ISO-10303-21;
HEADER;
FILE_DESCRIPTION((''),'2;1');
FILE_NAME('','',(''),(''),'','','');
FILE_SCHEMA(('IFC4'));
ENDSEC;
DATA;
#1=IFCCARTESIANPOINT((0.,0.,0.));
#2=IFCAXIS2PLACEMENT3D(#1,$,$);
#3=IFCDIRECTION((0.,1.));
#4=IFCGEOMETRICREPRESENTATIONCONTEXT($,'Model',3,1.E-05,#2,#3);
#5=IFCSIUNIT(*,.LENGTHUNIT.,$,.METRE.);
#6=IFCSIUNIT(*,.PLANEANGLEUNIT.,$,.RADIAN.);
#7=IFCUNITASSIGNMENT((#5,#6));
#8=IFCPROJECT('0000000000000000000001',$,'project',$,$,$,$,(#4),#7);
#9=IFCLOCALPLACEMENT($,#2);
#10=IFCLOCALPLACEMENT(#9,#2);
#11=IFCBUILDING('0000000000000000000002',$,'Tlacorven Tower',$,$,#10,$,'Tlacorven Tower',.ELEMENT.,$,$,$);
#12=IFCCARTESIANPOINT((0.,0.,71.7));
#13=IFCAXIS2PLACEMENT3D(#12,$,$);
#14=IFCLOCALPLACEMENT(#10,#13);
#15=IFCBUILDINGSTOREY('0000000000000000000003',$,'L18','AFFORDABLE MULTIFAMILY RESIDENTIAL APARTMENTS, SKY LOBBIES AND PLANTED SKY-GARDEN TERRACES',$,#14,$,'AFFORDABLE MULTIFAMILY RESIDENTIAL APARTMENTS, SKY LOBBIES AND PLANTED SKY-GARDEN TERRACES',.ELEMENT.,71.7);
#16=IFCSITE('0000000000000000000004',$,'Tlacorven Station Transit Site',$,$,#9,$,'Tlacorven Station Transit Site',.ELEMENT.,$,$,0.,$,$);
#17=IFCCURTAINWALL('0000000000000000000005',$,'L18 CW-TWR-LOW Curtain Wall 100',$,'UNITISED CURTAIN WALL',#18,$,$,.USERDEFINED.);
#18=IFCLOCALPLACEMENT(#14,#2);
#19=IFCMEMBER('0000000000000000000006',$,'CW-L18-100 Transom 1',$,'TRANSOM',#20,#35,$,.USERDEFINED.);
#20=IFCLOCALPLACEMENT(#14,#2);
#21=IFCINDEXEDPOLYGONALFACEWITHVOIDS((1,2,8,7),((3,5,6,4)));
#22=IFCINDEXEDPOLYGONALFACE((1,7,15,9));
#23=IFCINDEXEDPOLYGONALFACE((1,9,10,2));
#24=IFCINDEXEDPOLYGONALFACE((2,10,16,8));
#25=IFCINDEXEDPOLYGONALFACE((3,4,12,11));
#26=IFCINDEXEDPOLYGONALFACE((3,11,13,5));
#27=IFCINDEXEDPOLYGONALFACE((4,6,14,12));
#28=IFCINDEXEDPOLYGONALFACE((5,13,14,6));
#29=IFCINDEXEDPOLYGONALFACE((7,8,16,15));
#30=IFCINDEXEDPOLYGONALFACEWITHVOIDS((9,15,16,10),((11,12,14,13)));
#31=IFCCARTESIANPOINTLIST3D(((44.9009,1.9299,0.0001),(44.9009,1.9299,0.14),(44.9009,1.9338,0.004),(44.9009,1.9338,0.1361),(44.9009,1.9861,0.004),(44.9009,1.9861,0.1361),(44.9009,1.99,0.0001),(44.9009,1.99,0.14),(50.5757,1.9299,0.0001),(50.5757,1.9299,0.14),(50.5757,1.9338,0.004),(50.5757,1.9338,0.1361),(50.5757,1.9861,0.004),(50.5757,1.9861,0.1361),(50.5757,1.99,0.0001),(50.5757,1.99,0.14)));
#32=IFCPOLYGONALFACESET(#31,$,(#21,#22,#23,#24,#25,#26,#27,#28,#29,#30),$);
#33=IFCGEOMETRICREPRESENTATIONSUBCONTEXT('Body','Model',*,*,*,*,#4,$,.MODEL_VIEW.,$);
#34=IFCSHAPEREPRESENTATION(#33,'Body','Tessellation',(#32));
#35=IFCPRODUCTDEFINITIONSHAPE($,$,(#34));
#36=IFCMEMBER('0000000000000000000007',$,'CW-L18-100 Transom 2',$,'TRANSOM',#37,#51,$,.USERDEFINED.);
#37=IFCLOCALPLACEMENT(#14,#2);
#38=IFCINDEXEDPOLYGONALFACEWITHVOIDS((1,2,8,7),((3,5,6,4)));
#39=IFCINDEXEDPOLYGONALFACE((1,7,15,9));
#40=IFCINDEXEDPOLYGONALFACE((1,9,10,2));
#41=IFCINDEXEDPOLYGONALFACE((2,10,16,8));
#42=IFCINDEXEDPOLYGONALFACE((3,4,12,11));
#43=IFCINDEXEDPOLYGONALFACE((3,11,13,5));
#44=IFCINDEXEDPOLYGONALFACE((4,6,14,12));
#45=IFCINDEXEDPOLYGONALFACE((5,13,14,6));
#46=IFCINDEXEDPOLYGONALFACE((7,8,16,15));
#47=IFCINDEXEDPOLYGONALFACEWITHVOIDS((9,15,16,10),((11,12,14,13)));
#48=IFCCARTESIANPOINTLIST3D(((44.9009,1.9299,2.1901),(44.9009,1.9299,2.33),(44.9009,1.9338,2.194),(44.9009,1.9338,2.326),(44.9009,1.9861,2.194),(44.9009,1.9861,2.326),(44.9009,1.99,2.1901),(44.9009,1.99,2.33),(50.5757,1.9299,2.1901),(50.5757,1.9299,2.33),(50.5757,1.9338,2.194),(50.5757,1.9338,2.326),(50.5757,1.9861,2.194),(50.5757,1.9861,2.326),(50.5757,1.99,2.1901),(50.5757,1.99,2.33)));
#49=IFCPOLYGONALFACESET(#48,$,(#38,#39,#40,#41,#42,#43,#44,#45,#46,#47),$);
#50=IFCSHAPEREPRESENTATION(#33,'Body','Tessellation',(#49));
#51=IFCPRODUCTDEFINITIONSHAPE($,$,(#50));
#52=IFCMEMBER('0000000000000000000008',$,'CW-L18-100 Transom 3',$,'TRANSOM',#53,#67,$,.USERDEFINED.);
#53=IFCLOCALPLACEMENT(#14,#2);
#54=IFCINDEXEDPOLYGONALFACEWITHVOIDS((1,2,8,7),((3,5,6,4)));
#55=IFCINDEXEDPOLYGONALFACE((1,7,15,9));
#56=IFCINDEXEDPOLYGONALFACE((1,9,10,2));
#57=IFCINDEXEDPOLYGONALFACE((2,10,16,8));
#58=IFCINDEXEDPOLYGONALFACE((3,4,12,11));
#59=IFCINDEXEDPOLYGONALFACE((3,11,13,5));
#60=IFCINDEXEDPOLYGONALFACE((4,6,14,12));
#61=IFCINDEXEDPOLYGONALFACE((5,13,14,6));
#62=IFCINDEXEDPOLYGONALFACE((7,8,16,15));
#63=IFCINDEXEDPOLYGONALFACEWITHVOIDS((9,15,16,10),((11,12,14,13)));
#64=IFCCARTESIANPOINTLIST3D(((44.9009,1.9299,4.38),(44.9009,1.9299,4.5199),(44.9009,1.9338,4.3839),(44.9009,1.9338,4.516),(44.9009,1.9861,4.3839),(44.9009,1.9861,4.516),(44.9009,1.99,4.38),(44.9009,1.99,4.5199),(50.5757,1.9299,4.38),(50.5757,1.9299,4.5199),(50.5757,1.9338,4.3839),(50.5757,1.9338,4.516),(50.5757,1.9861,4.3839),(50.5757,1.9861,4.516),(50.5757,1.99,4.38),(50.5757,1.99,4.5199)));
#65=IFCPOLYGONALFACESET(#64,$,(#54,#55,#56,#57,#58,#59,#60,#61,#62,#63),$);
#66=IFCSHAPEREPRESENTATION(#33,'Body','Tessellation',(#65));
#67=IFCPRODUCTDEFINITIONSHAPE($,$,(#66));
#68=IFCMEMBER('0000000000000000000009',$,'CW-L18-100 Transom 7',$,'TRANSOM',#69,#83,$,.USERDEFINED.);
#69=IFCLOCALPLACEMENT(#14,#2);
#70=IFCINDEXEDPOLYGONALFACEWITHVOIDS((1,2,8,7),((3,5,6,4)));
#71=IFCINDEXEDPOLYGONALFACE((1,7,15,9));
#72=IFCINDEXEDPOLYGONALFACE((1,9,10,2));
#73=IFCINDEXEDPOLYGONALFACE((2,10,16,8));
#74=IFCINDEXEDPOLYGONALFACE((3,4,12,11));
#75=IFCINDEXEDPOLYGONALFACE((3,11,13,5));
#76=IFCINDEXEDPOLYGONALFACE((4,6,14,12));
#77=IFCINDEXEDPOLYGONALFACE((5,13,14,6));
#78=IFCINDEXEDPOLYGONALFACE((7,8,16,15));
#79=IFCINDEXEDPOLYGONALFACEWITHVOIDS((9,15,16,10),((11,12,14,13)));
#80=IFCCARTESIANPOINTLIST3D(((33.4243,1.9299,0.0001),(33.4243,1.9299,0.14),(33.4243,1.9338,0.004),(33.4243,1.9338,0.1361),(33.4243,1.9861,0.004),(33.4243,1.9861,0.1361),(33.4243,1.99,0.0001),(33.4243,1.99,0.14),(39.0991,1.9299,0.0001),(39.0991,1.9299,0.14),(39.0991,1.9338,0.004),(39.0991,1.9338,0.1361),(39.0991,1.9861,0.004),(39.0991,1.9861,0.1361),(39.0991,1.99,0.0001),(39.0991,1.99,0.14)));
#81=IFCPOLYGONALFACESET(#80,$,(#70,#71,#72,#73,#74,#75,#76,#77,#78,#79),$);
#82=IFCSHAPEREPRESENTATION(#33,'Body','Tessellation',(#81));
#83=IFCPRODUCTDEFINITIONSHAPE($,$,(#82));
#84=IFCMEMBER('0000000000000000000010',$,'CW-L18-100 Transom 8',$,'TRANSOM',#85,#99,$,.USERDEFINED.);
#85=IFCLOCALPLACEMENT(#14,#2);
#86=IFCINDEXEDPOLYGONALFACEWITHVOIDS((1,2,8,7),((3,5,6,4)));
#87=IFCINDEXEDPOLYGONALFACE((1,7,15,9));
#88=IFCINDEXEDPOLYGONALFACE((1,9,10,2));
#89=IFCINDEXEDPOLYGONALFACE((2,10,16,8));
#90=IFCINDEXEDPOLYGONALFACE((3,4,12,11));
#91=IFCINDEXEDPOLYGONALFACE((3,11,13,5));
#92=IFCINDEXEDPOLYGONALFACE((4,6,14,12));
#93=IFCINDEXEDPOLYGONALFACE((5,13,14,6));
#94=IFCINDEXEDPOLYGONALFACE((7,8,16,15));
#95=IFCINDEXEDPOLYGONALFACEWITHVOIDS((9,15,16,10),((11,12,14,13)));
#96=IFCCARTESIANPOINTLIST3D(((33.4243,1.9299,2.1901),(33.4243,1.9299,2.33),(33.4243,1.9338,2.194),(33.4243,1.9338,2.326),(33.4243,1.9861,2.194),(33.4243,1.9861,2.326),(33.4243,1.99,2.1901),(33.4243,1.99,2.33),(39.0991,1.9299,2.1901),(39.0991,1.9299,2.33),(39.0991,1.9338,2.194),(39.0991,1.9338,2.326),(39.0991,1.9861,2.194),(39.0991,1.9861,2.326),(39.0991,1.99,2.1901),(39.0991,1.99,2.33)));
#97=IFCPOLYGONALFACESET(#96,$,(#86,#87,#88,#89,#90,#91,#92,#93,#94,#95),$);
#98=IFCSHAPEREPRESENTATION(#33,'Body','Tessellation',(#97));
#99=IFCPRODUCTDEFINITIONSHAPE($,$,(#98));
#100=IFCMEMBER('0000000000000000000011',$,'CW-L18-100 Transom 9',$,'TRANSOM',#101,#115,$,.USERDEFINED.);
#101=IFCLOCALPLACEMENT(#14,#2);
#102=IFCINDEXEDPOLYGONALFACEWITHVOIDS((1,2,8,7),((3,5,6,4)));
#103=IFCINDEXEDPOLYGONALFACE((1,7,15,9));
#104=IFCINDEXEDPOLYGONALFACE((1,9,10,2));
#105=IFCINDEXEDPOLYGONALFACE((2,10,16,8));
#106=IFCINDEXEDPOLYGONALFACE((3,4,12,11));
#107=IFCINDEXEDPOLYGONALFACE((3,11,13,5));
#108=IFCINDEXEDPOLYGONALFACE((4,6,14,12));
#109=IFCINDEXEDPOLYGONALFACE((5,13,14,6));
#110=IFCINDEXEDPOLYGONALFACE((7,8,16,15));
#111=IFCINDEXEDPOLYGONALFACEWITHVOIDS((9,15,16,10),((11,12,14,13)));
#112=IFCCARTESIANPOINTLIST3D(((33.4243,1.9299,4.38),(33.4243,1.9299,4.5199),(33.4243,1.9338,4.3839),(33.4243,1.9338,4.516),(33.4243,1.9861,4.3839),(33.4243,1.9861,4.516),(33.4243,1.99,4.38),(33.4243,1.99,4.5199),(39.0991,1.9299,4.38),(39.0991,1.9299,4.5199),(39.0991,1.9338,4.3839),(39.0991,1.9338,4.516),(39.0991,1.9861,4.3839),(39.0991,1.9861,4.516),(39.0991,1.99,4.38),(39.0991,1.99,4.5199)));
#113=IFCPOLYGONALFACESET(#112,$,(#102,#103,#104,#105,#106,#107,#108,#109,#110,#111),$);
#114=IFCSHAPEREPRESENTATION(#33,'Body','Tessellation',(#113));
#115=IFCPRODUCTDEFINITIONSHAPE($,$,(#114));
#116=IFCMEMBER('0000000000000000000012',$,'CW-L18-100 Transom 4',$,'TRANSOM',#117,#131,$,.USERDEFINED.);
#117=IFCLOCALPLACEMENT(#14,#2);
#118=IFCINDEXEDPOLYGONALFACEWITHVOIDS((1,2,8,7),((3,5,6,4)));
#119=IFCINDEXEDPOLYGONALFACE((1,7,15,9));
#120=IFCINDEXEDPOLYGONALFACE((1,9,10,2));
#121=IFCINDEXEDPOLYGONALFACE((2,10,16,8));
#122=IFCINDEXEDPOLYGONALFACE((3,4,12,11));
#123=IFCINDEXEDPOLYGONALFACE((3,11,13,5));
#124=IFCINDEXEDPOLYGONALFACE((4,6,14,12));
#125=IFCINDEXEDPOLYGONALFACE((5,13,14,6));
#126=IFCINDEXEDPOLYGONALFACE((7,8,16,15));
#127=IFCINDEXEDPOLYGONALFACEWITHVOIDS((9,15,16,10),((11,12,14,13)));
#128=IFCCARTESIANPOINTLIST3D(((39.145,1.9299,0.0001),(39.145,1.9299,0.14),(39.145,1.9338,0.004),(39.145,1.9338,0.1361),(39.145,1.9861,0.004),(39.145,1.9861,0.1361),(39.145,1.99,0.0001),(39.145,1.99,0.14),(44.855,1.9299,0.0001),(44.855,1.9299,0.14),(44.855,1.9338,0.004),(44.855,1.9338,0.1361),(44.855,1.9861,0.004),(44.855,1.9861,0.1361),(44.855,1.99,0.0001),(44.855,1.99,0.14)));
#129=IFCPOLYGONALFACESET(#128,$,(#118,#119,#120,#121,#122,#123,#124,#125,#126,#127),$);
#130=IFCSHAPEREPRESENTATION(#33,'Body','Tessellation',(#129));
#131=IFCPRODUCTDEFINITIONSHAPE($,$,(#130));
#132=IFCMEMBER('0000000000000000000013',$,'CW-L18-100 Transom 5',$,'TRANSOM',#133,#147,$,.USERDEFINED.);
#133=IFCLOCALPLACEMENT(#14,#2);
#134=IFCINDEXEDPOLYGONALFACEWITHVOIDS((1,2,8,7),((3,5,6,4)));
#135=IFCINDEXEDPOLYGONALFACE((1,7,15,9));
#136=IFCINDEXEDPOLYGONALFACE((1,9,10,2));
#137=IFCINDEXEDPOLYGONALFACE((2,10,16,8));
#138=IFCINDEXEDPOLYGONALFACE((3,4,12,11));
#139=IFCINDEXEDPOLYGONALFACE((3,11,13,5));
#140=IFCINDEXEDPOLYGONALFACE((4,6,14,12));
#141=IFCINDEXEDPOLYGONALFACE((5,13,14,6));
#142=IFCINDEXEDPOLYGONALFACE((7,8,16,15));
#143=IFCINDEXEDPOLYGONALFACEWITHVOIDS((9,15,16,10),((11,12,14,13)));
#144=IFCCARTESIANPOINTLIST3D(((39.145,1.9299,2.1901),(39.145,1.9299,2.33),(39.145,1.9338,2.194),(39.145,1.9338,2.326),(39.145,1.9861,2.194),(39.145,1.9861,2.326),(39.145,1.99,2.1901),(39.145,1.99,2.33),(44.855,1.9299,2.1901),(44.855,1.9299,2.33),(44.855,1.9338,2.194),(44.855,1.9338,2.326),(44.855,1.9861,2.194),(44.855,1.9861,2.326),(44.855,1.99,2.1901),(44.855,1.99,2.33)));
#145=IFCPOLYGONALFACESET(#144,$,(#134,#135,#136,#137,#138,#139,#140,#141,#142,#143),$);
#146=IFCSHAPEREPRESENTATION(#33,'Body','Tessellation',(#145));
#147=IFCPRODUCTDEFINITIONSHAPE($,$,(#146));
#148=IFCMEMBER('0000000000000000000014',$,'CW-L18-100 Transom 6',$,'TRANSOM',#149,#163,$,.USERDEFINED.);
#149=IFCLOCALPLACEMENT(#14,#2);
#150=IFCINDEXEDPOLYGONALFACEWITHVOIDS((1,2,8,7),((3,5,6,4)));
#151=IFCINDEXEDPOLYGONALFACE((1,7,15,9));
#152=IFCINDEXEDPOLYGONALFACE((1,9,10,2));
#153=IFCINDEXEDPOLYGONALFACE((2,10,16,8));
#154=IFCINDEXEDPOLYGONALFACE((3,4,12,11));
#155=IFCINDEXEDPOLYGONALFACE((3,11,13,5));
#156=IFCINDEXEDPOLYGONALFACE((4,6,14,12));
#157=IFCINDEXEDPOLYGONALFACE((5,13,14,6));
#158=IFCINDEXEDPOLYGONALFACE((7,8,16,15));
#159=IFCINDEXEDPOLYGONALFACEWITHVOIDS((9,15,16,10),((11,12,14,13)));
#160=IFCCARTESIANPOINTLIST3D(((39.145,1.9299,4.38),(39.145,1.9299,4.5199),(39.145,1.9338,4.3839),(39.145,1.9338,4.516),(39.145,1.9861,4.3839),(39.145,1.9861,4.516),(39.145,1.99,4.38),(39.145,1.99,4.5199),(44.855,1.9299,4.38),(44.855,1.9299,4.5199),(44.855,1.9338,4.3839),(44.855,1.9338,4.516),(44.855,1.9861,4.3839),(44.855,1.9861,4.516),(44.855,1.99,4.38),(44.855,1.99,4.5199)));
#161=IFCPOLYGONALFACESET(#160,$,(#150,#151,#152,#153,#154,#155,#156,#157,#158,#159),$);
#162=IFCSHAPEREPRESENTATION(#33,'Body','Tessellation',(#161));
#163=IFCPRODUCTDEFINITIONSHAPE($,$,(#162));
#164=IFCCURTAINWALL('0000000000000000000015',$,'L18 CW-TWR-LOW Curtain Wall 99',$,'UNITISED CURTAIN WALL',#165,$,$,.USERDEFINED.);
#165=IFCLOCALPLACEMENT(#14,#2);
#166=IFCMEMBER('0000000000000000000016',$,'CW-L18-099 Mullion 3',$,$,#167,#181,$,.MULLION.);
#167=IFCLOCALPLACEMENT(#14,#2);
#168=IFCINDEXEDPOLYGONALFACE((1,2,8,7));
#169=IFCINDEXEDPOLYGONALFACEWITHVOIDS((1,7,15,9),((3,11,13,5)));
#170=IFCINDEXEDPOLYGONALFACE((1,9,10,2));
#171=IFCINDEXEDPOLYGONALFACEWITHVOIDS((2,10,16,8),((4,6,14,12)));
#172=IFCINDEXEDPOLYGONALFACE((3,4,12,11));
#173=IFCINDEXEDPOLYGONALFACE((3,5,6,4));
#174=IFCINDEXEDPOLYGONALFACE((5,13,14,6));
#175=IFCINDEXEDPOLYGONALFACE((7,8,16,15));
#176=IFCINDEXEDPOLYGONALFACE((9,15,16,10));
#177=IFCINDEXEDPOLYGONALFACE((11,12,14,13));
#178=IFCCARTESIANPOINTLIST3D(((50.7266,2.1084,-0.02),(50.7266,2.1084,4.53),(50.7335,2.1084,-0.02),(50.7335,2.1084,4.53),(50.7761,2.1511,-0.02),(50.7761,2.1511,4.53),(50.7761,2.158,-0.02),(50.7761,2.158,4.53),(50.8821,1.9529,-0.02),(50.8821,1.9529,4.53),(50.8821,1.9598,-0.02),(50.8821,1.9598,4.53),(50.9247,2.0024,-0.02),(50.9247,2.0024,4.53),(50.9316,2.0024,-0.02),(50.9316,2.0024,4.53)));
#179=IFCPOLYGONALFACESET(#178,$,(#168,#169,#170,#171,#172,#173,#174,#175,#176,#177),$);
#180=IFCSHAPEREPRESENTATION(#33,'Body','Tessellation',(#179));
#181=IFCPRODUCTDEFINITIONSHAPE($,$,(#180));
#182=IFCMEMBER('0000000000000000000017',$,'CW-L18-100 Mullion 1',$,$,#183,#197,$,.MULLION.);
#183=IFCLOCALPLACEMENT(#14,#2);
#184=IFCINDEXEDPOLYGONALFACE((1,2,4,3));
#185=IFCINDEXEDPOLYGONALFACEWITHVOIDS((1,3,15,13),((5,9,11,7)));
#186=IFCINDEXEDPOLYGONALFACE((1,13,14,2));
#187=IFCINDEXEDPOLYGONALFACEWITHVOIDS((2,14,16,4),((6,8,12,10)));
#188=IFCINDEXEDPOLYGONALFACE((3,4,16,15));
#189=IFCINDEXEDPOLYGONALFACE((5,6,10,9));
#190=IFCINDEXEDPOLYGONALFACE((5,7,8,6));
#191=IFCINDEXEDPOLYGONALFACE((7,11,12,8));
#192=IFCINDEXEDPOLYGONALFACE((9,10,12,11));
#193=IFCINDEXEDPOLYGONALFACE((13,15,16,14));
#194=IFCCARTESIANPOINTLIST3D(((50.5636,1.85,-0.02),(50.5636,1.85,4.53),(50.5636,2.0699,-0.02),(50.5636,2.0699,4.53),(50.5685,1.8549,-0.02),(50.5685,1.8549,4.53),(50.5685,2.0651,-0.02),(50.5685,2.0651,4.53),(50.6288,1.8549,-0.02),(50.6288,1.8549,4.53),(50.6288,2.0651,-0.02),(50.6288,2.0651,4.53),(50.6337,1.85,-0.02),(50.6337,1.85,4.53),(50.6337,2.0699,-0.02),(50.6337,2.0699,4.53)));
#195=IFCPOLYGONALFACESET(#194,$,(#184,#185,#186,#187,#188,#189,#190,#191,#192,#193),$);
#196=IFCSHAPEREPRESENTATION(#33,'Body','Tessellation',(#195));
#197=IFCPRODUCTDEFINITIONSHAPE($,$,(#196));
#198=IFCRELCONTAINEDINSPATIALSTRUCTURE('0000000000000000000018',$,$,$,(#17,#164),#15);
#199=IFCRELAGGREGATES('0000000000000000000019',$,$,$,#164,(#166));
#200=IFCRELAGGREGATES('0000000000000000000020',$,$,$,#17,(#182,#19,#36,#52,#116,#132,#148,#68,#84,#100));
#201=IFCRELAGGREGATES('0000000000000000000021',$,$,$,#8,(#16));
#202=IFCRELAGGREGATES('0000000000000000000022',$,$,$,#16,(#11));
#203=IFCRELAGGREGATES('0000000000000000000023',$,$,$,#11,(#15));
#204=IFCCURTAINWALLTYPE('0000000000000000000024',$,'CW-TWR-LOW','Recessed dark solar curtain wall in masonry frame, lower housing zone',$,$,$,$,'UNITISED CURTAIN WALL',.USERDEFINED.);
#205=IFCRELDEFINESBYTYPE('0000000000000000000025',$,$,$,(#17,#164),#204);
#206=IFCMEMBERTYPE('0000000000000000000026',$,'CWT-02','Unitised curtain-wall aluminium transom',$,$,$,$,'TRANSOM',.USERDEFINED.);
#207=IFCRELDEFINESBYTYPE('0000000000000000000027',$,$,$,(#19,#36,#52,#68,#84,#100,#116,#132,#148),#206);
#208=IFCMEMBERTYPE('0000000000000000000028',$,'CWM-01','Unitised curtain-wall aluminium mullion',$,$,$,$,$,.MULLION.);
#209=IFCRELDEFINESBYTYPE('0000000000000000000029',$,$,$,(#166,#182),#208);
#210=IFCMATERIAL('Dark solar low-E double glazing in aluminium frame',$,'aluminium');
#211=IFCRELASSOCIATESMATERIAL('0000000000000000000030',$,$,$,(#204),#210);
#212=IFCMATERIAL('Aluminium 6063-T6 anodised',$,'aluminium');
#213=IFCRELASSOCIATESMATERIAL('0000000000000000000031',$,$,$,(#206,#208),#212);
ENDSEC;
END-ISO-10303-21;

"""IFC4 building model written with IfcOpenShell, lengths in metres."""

from ifc_helpers import new_model, si_unit, direction, frame, origin, origin_2d, place, context, subcontext, project, spatial, hollow_rectangle, extrude, source, transform, mapped, material, material_profile, profile_set, type_object, element, aggregate, save


model = new_model("IFC4")

# Units and contexts
model_context = context("Model", 3, precision=1e-05, world=origin(), true_north=direction((0.0, 1.0)))
body_context = subcontext(model_context, "Body", "Model", "MODEL_VIEW")
ifc_project = project(units=[si_unit("LENGTHUNIT", "METRE"), si_unit("PLANEANGLEUNIT", "RADIAN")], contexts=[model_context])

# Site, building, storey
site_placement = place(None, origin())
site = spatial("IfcSite", under=ifc_project, at=site_placement, Name="Tlacorven Station Transit Site", LongName="Tlacorven Station Transit Site", CompositionType="ELEMENT", RefElevation=0.0)
building_placement = place(site_placement, origin())
building = spatial("IfcBuilding", under=site, at=building_placement, Name="Tlacorven Tower", LongName="Tlacorven Tower", CompositionType="ELEMENT")
storey_placement = place(building_placement, frame((0.0, 0.0, 71.7)))
storey = spatial("IfcBuildingStorey", under=building, at=storey_placement, Name="L18", Description="AFFORDABLE MULTIFAMILY RESIDENTIAL APARTMENTS, SKY LOBBIES AND PLANTED SKY-GARDEN TERRACES", LongName="AFFORDABLE MULTIFAMILY RESIDENTIAL APARTMENTS, SKY LOBBIES AND PLANTED SKY-GARDEN TERRACES", CompositionType="ELEMENT", Elevation=71.7)

# Curtain wall, members
ifc_material_1 = material(Name="Dark solar low-E double glazing in aluminium frame", Category="aluminium")
curtain_wall_type = type_object("IfcCurtainWallType", Name="CW-TWR-LOW", Description="Recessed dark solar curtain wall in masonry frame, lower housing zone", ElementType="UNITISED CURTAIN WALL", PredefinedType="USERDEFINED", material=ifc_material_1)
curtain_wall_1_placement = place(storey_placement, origin())
curtain_wall_1 = element("IfcCurtainWall", 1, at=curtain_wall_1_placement, inside=storey, type_object=curtain_wall_type, Name="L18 CW-TWR-LOW Curtain Wall 100", ObjectType="UNITISED CURTAIN WALL", PredefinedType="USERDEFINED")
ifc_material_2 = material(Name="Aluminium 6063-T6 anodised", Category="aluminium")
ifc_material_profile_1 = material_profile(ifc_material_2, hollow_rectangle(XDim=0.0601, YDim=0.1399, WallThickness=0.0039, at=origin_2d()), Name="ALU TRANSOM 60X140")
ifc_profile_set_1 = profile_set([ifc_material_profile_1], Name="Aluminium 6063-T6 anodised")
member_type_1 = type_object("IfcMemberType", Name="CWT-02", Description="Unitised curtain-wall aluminium transom", ElementType="TRANSOM", PredefinedType="USERDEFINED", material=ifc_profile_set_1)
shared_shape_1 = source(origin(), body_context, "Body", "SweptSolid", [
    extrude(hollow_rectangle(XDim=0.0601, YDim=0.1399, WallThickness=0.0039, at=origin_2d()), origin(), (0.0, 0.0, 1.0), 5.6748),
])
member_1_placement = place(storey_placement, frame((50.5757, 1.96, 0.0701), z_axis=(-1.0, 0.0, 0.0), x_axis=(0.0, -1.0, 0.0)))
member_1 = element("IfcMember", 2, at=member_1_placement, type_object=member_type_1, Name="CW-L18-100 Transom 1", ObjectType="TRANSOM", PredefinedType="USERDEFINED", context=body_context, shape_type="MappedRepresentation", body=[
    mapped(shared_shape_1, transform((0.0, 0.0, 0.0), scale=1.0)),
])
member_2_placement = place(storey_placement, frame((50.5757, 1.96, 2.26), z_axis=(-1.0, 0.0, 0.0), x_axis=(0.0, -1.0, 0.0)))
member_2 = element("IfcMember", 3, at=member_2_placement, type_object=member_type_1, Name="CW-L18-100 Transom 2", ObjectType="TRANSOM", PredefinedType="USERDEFINED", context=body_context, shape_type="MappedRepresentation", body=[
    mapped(shared_shape_1, transform((0.0, 0.0, 0.0), scale=1.0)),
])
member_3_placement = place(storey_placement, frame((50.5757, 1.96, 4.45), z_axis=(-1.0, 0.0, 0.0), x_axis=(0.0, -1.0, 0.0)))
member_3 = element("IfcMember", 4, at=member_3_placement, type_object=member_type_1, Name="CW-L18-100 Transom 3", ObjectType="TRANSOM", PredefinedType="USERDEFINED", context=body_context, shape_type="MappedRepresentation", body=[
    mapped(shared_shape_1, transform((0.0, 0.0, 0.0), scale=1.0)),
])
member_4_placement = place(storey_placement, frame((39.0991, 1.96, 0.0701), z_axis=(-1.0, 0.0, 0.0), x_axis=(0.0, -1.0, 0.0)))
member_4 = element("IfcMember", 5, at=member_4_placement, type_object=member_type_1, Name="CW-L18-100 Transom 7", ObjectType="TRANSOM", PredefinedType="USERDEFINED", context=body_context, shape_type="MappedRepresentation", body=[
    mapped(shared_shape_1, transform((0.0, 0.0, 0.0), scale=1.0)),
])
member_5_placement = place(storey_placement, frame((39.0991, 1.96, 2.26), z_axis=(-1.0, 0.0, 0.0), x_axis=(0.0, -1.0, 0.0)))
member_5 = element("IfcMember", 6, at=member_5_placement, type_object=member_type_1, Name="CW-L18-100 Transom 8", ObjectType="TRANSOM", PredefinedType="USERDEFINED", context=body_context, shape_type="MappedRepresentation", body=[
    mapped(shared_shape_1, transform((0.0, 0.0, 0.0), scale=1.0)),
])
member_6_placement = place(storey_placement, frame((39.0991, 1.96, 4.45), z_axis=(-1.0, 0.0, 0.0), x_axis=(0.0, -1.0, 0.0)))
member_6 = element("IfcMember", 7, at=member_6_placement, type_object=member_type_1, Name="CW-L18-100 Transom 9", ObjectType="TRANSOM", PredefinedType="USERDEFINED", context=body_context, shape_type="MappedRepresentation", body=[
    mapped(shared_shape_1, transform((0.0, 0.0, 0.0), scale=1.0)),
])
shared_shape_2 = source(origin(), body_context, "Body", "SweptSolid", [
    extrude(hollow_rectangle(XDim=0.0601, YDim=0.1399, WallThickness=0.0039, at=origin_2d()), origin(), (0.0, 0.0, 1.0), 5.71),
])
member_7_placement = place(storey_placement, frame((44.855, 1.96, 0.0701), z_axis=(-1.0, 0.0, 0.0), x_axis=(0.0, -1.0, 0.0)))
member_7 = element("IfcMember", 8, at=member_7_placement, type_object=member_type_1, Name="CW-L18-100 Transom 4", ObjectType="TRANSOM", PredefinedType="USERDEFINED", context=body_context, shape_type="MappedRepresentation", body=[
    mapped(shared_shape_2, transform((0.0, 0.0, 0.0), scale=1.0)),
])
member_8_placement = place(storey_placement, frame((44.855, 1.96, 2.26), z_axis=(-1.0, 0.0, 0.0), x_axis=(0.0, -1.0, 0.0)))
member_8 = element("IfcMember", 9, at=member_8_placement, type_object=member_type_1, Name="CW-L18-100 Transom 5", ObjectType="TRANSOM", PredefinedType="USERDEFINED", context=body_context, shape_type="MappedRepresentation", body=[
    mapped(shared_shape_2, transform((0.0, 0.0, 0.0), scale=1.0)),
])
member_9_placement = place(storey_placement, frame((44.855, 1.96, 4.45), z_axis=(-1.0, 0.0, 0.0), x_axis=(0.0, -1.0, 0.0)))
member_9 = element("IfcMember", 10, at=member_9_placement, type_object=member_type_1, Name="CW-L18-100 Transom 6", ObjectType="TRANSOM", PredefinedType="USERDEFINED", context=body_context, shape_type="MappedRepresentation", body=[
    mapped(shared_shape_2, transform((0.0, 0.0, 0.0), scale=1.0)),
])

# Curtain wall, member
curtain_wall_2_placement = place(storey_placement, origin())
curtain_wall_2 = element("IfcCurtainWall", 11, at=curtain_wall_2_placement, inside=storey, type_object=curtain_wall_type, Name="L18 CW-TWR-LOW Curtain Wall 99", ObjectType="UNITISED CURTAIN WALL", PredefinedType="USERDEFINED")
ifc_material_profile_2 = material_profile(ifc_material_2, hollow_rectangle(XDim=0.0701, YDim=0.22, WallThickness=0.0049, at=origin_2d()), Name="ALU MULLION 70X220")
ifc_profile_set_2 = profile_set([ifc_material_profile_2], Name="Aluminium 6063-T6 anodised")
member_type_2 = type_object("IfcMemberType", Name="CWM-01", Description="Unitised curtain-wall aluminium mullion", PredefinedType="MULLION", material=ifc_profile_set_2)
shared_shape_3 = source(origin(), body_context, "Body", "SweptSolid", [
    extrude(hollow_rectangle(XDim=0.0701, YDim=0.22, WallThickness=0.0049, at=origin_2d()), origin(), (0.0, 0.0, 1.0), 4.55),
])
member_10_placement = place(storey_placement, frame((50.8291, 2.0554, -0.02), z_axis=(0.0, 0.0, 1.0), x_axis=(-0.707107, -0.707107, 0.0)))
member_10 = element("IfcMember", 12, at=member_10_placement, type_object=member_type_2, Name="CW-L18-099 Mullion 3", PredefinedType="MULLION", context=body_context, shape_type="MappedRepresentation", body=[
    mapped(shared_shape_3, transform((0.0, 0.0, 0.0), scale=1.0)),
])

# Member
member_11_placement = place(storey_placement, frame((50.5986, 1.96, -0.02), z_axis=(0.0, 0.0, 1.0), x_axis=(-1.0, 0.0, 0.0)))
member_11 = element("IfcMember", 13, at=member_11_placement, type_object=member_type_2, Name="CW-L18-100 Mullion 1", PredefinedType="MULLION", context=body_context, shape_type="MappedRepresentation", body=[
    mapped(shared_shape_3, transform((0.0, 0.0, 0.0), scale=1.0)),
])

aggregate(curtain_wall_2, [member_10])
aggregate(curtain_wall_1, [member_11, member_1, member_2, member_3, member_7, member_8, member_9, member_4, member_5, member_6])

save(model, "model.ifc")
